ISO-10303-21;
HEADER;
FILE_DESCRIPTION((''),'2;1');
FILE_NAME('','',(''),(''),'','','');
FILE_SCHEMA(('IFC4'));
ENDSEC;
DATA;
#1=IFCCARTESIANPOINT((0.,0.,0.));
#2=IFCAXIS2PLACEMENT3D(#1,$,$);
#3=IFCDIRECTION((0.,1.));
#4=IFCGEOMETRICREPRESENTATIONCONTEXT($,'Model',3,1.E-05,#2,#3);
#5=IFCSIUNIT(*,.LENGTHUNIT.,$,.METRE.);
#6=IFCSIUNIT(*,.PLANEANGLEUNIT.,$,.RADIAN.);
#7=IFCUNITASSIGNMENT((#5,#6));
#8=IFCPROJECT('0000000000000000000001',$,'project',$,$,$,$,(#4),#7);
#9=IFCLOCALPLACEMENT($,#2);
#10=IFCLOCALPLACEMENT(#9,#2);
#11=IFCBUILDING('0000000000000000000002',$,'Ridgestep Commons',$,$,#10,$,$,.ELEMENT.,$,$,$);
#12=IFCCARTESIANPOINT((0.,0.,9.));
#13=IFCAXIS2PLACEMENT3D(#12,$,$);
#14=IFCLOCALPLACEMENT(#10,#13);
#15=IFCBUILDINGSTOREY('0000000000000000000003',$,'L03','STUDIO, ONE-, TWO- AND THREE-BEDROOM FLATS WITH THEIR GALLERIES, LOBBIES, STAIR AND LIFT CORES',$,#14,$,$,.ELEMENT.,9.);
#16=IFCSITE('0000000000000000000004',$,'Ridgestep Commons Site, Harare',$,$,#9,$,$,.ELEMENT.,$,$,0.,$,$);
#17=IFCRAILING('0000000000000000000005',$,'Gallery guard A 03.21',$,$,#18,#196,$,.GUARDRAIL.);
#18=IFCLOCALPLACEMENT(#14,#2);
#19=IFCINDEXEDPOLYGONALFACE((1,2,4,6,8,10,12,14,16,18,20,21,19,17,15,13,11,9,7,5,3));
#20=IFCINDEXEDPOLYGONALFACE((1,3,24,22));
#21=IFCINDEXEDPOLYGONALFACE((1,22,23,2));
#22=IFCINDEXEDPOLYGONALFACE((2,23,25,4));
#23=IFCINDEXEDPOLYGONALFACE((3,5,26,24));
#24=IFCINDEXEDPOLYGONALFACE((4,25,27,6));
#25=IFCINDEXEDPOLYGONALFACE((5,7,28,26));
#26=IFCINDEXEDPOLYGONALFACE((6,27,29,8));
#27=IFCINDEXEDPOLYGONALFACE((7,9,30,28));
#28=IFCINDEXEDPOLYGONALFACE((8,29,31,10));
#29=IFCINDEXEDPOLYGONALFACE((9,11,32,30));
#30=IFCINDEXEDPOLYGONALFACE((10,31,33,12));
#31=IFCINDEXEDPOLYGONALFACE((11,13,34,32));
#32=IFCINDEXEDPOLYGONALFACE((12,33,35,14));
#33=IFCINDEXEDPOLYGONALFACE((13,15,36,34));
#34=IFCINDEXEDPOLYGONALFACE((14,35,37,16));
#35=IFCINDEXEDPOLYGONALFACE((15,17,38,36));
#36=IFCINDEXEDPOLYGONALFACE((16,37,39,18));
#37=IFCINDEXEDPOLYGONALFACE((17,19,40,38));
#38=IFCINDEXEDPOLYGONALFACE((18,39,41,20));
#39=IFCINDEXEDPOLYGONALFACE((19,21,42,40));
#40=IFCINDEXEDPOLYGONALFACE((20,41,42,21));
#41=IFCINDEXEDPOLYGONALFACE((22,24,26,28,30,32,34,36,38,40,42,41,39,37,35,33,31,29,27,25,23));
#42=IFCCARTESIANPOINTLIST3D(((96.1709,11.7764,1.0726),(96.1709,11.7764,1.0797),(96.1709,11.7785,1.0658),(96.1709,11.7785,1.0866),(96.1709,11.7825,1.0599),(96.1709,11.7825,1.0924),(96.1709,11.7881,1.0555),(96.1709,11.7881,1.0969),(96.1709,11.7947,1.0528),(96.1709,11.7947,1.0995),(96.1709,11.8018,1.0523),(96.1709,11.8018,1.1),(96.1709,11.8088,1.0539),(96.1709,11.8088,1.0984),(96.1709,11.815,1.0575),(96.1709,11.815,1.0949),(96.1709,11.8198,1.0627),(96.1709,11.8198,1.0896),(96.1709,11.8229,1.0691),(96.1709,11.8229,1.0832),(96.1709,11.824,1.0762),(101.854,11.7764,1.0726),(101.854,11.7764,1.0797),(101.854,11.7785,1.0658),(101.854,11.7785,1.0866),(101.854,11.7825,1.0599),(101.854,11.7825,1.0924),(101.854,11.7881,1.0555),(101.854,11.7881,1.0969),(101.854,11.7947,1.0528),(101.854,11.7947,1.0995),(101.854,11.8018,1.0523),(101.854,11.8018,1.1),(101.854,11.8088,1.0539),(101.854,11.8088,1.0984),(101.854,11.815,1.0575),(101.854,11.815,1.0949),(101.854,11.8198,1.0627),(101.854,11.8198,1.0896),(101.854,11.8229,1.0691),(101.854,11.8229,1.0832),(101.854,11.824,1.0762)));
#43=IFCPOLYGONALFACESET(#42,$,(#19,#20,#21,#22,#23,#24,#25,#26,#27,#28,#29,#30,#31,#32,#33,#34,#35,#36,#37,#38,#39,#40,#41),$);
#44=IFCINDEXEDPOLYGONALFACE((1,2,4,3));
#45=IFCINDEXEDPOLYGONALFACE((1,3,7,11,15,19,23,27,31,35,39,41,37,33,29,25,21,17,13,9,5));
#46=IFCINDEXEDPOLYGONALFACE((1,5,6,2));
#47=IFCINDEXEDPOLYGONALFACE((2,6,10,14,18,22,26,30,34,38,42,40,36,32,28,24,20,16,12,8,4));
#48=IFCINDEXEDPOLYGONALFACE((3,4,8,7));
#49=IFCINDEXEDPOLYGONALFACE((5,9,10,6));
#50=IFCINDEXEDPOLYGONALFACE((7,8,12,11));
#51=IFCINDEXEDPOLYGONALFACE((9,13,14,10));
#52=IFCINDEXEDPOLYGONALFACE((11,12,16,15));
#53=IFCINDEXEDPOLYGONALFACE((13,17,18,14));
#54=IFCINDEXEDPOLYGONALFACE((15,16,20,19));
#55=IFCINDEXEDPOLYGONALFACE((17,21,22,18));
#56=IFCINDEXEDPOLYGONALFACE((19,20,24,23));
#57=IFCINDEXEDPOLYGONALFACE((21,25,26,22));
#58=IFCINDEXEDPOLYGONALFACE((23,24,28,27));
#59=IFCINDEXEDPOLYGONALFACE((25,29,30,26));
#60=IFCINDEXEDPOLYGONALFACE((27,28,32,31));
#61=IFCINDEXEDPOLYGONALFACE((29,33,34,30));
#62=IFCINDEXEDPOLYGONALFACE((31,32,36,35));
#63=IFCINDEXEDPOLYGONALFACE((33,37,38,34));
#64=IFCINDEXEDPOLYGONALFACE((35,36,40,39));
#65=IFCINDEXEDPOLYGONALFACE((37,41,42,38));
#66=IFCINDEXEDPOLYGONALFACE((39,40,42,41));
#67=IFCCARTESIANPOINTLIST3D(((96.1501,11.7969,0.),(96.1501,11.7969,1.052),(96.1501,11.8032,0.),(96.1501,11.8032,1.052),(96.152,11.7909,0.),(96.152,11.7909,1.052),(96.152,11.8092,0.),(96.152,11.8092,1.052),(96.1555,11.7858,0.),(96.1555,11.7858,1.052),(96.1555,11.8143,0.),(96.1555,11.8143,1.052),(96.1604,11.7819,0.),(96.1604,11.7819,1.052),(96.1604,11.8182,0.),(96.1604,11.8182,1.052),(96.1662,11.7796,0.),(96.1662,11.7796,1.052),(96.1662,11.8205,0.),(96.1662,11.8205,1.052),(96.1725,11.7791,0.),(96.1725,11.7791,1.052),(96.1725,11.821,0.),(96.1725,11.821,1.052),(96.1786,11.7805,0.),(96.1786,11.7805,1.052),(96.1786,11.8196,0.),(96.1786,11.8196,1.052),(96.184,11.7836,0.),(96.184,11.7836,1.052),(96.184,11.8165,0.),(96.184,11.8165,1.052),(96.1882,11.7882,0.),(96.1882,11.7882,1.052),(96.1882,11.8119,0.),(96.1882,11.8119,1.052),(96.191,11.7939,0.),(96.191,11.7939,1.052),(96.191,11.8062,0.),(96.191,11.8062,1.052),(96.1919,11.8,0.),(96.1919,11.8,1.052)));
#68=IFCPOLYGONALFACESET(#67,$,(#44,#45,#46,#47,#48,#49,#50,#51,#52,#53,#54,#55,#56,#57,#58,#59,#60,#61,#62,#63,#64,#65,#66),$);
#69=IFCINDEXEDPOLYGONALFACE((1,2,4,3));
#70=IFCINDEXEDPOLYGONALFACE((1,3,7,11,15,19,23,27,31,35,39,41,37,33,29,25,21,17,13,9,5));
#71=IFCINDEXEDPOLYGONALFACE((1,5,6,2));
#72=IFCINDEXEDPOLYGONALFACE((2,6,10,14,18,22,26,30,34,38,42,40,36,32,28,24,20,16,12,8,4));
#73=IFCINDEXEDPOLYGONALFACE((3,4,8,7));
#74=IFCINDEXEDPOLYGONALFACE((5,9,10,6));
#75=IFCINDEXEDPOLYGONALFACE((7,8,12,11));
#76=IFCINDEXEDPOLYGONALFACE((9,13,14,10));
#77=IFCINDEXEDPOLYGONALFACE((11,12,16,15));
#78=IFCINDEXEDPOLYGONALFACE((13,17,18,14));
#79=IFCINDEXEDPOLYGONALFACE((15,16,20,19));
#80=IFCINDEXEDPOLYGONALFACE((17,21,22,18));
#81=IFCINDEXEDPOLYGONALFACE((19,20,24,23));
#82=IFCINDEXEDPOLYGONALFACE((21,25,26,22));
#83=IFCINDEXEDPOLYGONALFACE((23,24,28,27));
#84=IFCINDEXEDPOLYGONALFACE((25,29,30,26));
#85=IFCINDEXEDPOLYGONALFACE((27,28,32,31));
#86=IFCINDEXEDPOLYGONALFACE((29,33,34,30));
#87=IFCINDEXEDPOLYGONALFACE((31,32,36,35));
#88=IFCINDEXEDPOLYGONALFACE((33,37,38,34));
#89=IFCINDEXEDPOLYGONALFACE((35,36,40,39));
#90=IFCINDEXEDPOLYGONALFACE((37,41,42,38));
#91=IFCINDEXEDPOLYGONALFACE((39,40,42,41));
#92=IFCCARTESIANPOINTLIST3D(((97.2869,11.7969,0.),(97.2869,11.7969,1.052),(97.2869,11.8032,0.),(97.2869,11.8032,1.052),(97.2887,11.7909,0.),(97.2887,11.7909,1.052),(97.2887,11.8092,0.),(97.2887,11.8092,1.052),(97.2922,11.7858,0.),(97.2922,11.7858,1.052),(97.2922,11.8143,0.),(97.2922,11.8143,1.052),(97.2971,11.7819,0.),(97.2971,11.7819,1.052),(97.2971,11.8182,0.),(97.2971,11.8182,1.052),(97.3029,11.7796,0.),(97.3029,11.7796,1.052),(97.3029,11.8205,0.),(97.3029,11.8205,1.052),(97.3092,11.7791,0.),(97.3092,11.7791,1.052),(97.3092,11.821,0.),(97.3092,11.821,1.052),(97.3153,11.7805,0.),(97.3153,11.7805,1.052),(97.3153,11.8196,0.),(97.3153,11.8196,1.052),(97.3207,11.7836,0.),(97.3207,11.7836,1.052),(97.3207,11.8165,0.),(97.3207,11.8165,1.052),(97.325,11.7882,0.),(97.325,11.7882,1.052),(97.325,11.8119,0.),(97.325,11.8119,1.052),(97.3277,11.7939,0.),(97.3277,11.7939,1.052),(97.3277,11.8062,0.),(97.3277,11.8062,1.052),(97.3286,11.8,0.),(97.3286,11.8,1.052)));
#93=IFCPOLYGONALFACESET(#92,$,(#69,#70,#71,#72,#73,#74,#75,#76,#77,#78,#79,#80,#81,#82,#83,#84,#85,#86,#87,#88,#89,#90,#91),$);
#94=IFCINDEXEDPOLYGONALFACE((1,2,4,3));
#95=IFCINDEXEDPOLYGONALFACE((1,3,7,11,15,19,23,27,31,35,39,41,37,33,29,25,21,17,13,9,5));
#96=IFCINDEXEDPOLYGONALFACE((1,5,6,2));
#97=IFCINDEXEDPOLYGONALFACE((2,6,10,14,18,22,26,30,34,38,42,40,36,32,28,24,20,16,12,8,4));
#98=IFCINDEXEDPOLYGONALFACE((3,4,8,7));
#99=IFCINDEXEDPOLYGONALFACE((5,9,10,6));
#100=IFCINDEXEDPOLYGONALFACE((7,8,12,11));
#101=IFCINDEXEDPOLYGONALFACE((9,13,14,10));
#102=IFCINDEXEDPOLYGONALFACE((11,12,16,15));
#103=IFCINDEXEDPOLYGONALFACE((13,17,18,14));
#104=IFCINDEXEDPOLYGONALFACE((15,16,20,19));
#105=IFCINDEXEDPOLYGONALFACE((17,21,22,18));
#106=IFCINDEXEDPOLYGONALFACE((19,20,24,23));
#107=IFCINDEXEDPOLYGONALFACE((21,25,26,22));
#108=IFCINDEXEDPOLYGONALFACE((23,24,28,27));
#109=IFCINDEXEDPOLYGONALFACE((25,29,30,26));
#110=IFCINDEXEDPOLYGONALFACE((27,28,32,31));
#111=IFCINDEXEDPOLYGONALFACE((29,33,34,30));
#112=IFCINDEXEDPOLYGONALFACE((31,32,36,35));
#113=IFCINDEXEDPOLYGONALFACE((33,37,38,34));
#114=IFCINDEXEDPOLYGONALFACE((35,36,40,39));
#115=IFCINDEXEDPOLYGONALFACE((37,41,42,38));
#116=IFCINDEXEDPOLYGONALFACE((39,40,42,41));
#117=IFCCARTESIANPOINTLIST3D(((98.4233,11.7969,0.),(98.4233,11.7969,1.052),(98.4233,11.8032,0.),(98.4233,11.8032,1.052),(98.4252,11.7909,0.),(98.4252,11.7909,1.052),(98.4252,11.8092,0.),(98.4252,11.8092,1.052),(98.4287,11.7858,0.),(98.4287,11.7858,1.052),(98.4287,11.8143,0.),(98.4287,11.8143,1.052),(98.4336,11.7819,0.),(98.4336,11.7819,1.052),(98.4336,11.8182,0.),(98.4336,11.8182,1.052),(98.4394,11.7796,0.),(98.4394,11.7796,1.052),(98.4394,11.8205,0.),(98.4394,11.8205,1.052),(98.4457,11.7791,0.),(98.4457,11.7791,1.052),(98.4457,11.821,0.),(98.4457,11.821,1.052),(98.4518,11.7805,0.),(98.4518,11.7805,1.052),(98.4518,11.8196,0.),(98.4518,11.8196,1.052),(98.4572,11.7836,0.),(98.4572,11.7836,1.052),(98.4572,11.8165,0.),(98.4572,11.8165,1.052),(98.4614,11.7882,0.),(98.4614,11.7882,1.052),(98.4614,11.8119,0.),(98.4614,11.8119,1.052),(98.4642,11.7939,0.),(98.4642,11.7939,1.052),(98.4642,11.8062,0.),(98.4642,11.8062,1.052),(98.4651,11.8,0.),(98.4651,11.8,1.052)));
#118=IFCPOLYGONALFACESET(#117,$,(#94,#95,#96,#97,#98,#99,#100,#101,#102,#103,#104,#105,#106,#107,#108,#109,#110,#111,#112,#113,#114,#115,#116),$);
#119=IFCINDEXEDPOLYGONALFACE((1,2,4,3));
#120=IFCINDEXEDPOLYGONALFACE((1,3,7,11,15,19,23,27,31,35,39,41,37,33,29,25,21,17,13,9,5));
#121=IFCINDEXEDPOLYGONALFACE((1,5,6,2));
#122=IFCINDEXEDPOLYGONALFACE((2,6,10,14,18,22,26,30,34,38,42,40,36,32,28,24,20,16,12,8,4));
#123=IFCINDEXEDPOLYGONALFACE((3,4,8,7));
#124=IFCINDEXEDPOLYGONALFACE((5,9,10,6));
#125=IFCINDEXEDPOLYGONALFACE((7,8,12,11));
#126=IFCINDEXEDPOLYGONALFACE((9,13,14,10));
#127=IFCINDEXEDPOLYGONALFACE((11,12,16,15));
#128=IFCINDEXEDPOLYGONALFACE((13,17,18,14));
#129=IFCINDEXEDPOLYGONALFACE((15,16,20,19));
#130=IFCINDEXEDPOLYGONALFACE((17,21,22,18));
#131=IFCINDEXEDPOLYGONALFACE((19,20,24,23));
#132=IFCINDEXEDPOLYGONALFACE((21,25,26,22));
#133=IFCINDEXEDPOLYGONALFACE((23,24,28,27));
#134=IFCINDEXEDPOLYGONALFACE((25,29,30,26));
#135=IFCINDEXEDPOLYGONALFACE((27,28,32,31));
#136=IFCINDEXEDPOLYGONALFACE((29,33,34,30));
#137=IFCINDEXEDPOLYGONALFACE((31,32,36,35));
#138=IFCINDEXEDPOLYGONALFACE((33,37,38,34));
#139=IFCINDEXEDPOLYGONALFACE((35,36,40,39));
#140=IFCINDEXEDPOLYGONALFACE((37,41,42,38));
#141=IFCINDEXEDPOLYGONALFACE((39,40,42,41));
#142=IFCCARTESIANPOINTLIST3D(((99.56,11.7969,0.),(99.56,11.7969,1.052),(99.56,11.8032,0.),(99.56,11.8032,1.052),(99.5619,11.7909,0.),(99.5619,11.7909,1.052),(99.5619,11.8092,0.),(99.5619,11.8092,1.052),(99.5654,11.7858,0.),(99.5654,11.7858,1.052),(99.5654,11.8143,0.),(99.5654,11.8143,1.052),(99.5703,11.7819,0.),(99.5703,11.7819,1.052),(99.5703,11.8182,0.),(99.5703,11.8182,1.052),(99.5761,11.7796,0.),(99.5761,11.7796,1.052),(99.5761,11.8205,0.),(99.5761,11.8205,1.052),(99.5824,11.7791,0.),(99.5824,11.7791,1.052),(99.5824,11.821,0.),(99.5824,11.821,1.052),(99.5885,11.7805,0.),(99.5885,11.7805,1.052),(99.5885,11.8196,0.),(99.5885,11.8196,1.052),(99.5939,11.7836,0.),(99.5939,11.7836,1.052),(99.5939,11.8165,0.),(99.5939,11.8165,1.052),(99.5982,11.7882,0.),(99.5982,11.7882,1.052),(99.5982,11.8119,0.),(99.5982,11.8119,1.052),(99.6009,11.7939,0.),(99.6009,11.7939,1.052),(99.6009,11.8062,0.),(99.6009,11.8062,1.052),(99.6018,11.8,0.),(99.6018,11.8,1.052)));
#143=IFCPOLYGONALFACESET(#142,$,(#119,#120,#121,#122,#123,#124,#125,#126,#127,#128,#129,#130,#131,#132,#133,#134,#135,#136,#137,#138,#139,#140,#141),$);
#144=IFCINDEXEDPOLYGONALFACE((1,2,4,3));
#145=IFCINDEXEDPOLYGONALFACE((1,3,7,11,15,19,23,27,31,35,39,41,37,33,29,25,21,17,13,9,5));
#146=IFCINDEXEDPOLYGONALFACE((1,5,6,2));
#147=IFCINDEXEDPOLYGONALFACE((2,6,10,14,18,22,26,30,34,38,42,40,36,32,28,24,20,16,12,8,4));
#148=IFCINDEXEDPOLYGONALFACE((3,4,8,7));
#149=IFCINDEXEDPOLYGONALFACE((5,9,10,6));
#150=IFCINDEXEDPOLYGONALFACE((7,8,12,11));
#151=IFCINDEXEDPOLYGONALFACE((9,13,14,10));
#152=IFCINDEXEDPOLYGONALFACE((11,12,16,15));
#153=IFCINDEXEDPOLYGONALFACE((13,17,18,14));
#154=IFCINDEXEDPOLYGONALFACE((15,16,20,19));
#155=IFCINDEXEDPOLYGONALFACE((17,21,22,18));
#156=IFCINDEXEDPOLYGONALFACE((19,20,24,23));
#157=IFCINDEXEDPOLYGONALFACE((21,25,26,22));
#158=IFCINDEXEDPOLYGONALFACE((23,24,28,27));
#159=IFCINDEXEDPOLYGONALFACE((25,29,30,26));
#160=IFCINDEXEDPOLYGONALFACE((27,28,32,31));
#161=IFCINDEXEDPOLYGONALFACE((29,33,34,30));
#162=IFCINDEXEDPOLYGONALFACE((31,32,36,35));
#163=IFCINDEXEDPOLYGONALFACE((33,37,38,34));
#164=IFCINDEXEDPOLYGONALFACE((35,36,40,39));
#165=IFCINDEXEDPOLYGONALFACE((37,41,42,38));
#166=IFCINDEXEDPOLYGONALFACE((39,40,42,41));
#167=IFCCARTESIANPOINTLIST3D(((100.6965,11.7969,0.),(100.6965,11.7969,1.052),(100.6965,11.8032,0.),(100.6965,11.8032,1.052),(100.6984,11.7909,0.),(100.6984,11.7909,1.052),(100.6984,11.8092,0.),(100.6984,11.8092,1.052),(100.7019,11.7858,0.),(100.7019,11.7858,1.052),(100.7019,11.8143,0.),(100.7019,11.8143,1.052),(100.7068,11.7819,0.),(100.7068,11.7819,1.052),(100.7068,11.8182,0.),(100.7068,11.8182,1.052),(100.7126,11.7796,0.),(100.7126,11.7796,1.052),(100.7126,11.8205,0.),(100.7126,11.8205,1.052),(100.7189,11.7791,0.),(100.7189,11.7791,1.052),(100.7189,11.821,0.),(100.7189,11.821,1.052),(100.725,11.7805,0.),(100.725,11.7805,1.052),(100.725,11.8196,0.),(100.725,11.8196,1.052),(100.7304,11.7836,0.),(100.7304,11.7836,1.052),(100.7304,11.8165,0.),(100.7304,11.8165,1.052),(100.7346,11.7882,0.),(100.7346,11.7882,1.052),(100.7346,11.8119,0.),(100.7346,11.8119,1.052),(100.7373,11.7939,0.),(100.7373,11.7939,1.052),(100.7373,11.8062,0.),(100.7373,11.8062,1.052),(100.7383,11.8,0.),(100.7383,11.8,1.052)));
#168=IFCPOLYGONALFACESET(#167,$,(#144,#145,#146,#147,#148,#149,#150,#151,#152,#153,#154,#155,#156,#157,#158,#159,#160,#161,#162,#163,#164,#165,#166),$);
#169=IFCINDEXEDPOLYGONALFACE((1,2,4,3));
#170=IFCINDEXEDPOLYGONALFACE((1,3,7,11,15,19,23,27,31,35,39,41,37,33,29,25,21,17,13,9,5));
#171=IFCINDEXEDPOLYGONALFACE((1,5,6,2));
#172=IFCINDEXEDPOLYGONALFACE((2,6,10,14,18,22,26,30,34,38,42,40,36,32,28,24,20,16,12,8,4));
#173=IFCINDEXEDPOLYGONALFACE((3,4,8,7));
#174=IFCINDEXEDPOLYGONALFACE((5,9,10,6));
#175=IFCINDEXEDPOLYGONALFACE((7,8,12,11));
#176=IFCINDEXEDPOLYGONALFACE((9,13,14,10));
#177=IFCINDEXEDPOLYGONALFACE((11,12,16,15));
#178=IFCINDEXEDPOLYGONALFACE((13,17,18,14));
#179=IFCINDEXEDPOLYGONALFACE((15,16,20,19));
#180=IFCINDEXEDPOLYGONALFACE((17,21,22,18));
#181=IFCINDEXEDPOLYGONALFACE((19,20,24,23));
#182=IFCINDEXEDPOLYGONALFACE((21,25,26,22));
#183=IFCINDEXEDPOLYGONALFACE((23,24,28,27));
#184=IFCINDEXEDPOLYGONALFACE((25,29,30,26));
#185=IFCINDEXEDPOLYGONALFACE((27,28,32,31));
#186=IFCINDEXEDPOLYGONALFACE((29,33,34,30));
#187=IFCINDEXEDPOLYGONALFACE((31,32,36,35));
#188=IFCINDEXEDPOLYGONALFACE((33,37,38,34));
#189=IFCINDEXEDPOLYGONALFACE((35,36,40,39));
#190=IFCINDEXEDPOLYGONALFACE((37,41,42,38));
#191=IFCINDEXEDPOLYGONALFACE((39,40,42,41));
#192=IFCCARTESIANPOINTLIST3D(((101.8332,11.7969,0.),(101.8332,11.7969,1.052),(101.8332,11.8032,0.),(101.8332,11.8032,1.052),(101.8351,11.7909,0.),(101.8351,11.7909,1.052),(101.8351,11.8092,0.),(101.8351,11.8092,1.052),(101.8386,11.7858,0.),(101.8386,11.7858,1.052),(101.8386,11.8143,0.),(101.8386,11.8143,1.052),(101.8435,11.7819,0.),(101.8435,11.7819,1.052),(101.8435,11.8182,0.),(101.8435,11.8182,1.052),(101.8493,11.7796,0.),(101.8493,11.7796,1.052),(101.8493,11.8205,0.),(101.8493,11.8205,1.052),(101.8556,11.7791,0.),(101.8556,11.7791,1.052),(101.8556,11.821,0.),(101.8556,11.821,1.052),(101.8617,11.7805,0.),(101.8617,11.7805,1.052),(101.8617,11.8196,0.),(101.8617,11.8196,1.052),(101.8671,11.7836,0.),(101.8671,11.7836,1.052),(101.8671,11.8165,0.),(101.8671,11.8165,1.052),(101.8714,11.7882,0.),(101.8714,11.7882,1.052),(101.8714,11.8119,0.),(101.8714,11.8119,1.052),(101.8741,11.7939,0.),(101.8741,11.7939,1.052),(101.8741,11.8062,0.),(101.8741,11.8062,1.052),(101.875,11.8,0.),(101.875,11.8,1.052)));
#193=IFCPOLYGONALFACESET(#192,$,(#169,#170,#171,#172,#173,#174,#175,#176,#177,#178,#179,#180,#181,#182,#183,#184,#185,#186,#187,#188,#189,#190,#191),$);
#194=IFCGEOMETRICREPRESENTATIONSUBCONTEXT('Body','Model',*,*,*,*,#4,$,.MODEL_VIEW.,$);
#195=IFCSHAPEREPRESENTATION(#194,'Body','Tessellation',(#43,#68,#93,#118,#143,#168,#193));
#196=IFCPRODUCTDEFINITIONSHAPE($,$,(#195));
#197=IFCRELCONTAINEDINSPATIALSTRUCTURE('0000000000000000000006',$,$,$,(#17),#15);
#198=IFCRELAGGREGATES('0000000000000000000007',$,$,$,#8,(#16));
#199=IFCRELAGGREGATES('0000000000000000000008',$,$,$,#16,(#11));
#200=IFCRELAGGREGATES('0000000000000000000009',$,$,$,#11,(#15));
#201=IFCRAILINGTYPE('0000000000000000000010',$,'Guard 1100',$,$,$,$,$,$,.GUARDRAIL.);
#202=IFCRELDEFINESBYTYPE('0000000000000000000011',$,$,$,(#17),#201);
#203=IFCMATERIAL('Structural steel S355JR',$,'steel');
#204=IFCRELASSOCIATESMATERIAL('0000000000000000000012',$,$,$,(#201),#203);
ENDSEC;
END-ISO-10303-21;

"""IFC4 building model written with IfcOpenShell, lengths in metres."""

from ifc_helpers import new_model, si_unit, direction, frame, origin, origin_2d, place, context, subcontext, project, spatial, circle, extrude, material, type_object, element, save


model = new_model("IFC4")

# Units and contexts
model_context = context("Model", 3, precision=1e-05, world=origin(), true_north=direction((0.0, 1.0)))
body_context = subcontext(model_context, "Body", "Model", "MODEL_VIEW")
ifc_project = project(units=[si_unit("LENGTHUNIT", "METRE"), si_unit("PLANEANGLEUNIT", "RADIAN")], contexts=[model_context])

# Site, building, storey
site_placement = place(None, origin())
site = spatial("IfcSite", under=ifc_project, at=site_placement, Name="Ridgestep Commons Site, Harare", CompositionType="ELEMENT", RefElevation=0.0)
building_placement = place(site_placement, origin())
building = spatial("IfcBuilding", under=site, at=building_placement, Name="Ridgestep Commons", CompositionType="ELEMENT")
storey_placement = place(building_placement, frame((0.0, 0.0, 9.0)))
storey = spatial("IfcBuildingStorey", under=building, at=storey_placement, Name="L03", Description="STUDIO, ONE-, TWO- AND THREE-BEDROOM FLATS WITH THEIR GALLERIES, LOBBIES, STAIR AND LIFT CORES", CompositionType="ELEMENT", Elevation=9.0)

# Railing
ifc_material_1 = material(Name="Structural steel S355JR", Category="steel")
railing_type_1 = type_object("IfcRailingType", Name="Guard 1100", PredefinedType="GUARDRAIL", material=ifc_material_1)
railing_1_placement = place(storey_placement, frame((96.1709, 11.8, 0.0)))
element("IfcRailing", 1, at=railing_1_placement, inside=storey, type_object=railing_type_1, Name="Gallery guard A 03.21", PredefinedType="GUARDRAIL", context=body_context, shape_type="SweptSolid", body=[
    extrude(circle(Radius=0.0239, at=origin_2d()), frame((0.0, 0.0, 1.0762), z_axis=(1.0, 0.0, 0.0), x_axis=(0.0, 1.0, 0.0)), (0.0, 0.0, 1.0), 5.6831),
    extrude(circle(Radius=0.021, at=origin_2d()), origin(), (0.0, 0.0, 1.0), 1.052),
    extrude(circle(Radius=0.021, at=origin_2d()), frame((1.1367, 0.0, 0.0)), (0.0, 0.0, 1.0), 1.052),
    extrude(circle(Radius=0.021, at=origin_2d()), frame((2.2732, 0.0, 0.0)), (0.0, 0.0, 1.0), 1.052),
    extrude(circle(Radius=0.021, at=origin_2d()), frame((3.4099, 0.0, 0.0)), (0.0, 0.0, 1.0), 1.052),
    extrude(circle(Radius=0.021, at=origin_2d()), frame((4.5464, 0.0, 0.0)), (0.0, 0.0, 1.0), 1.052),
    extrude(circle(Radius=0.021, at=origin_2d()), frame((5.6831, 0.0, 0.0)), (0.0, 0.0, 1.0), 1.052),
])

save(model, "model.ifc")
